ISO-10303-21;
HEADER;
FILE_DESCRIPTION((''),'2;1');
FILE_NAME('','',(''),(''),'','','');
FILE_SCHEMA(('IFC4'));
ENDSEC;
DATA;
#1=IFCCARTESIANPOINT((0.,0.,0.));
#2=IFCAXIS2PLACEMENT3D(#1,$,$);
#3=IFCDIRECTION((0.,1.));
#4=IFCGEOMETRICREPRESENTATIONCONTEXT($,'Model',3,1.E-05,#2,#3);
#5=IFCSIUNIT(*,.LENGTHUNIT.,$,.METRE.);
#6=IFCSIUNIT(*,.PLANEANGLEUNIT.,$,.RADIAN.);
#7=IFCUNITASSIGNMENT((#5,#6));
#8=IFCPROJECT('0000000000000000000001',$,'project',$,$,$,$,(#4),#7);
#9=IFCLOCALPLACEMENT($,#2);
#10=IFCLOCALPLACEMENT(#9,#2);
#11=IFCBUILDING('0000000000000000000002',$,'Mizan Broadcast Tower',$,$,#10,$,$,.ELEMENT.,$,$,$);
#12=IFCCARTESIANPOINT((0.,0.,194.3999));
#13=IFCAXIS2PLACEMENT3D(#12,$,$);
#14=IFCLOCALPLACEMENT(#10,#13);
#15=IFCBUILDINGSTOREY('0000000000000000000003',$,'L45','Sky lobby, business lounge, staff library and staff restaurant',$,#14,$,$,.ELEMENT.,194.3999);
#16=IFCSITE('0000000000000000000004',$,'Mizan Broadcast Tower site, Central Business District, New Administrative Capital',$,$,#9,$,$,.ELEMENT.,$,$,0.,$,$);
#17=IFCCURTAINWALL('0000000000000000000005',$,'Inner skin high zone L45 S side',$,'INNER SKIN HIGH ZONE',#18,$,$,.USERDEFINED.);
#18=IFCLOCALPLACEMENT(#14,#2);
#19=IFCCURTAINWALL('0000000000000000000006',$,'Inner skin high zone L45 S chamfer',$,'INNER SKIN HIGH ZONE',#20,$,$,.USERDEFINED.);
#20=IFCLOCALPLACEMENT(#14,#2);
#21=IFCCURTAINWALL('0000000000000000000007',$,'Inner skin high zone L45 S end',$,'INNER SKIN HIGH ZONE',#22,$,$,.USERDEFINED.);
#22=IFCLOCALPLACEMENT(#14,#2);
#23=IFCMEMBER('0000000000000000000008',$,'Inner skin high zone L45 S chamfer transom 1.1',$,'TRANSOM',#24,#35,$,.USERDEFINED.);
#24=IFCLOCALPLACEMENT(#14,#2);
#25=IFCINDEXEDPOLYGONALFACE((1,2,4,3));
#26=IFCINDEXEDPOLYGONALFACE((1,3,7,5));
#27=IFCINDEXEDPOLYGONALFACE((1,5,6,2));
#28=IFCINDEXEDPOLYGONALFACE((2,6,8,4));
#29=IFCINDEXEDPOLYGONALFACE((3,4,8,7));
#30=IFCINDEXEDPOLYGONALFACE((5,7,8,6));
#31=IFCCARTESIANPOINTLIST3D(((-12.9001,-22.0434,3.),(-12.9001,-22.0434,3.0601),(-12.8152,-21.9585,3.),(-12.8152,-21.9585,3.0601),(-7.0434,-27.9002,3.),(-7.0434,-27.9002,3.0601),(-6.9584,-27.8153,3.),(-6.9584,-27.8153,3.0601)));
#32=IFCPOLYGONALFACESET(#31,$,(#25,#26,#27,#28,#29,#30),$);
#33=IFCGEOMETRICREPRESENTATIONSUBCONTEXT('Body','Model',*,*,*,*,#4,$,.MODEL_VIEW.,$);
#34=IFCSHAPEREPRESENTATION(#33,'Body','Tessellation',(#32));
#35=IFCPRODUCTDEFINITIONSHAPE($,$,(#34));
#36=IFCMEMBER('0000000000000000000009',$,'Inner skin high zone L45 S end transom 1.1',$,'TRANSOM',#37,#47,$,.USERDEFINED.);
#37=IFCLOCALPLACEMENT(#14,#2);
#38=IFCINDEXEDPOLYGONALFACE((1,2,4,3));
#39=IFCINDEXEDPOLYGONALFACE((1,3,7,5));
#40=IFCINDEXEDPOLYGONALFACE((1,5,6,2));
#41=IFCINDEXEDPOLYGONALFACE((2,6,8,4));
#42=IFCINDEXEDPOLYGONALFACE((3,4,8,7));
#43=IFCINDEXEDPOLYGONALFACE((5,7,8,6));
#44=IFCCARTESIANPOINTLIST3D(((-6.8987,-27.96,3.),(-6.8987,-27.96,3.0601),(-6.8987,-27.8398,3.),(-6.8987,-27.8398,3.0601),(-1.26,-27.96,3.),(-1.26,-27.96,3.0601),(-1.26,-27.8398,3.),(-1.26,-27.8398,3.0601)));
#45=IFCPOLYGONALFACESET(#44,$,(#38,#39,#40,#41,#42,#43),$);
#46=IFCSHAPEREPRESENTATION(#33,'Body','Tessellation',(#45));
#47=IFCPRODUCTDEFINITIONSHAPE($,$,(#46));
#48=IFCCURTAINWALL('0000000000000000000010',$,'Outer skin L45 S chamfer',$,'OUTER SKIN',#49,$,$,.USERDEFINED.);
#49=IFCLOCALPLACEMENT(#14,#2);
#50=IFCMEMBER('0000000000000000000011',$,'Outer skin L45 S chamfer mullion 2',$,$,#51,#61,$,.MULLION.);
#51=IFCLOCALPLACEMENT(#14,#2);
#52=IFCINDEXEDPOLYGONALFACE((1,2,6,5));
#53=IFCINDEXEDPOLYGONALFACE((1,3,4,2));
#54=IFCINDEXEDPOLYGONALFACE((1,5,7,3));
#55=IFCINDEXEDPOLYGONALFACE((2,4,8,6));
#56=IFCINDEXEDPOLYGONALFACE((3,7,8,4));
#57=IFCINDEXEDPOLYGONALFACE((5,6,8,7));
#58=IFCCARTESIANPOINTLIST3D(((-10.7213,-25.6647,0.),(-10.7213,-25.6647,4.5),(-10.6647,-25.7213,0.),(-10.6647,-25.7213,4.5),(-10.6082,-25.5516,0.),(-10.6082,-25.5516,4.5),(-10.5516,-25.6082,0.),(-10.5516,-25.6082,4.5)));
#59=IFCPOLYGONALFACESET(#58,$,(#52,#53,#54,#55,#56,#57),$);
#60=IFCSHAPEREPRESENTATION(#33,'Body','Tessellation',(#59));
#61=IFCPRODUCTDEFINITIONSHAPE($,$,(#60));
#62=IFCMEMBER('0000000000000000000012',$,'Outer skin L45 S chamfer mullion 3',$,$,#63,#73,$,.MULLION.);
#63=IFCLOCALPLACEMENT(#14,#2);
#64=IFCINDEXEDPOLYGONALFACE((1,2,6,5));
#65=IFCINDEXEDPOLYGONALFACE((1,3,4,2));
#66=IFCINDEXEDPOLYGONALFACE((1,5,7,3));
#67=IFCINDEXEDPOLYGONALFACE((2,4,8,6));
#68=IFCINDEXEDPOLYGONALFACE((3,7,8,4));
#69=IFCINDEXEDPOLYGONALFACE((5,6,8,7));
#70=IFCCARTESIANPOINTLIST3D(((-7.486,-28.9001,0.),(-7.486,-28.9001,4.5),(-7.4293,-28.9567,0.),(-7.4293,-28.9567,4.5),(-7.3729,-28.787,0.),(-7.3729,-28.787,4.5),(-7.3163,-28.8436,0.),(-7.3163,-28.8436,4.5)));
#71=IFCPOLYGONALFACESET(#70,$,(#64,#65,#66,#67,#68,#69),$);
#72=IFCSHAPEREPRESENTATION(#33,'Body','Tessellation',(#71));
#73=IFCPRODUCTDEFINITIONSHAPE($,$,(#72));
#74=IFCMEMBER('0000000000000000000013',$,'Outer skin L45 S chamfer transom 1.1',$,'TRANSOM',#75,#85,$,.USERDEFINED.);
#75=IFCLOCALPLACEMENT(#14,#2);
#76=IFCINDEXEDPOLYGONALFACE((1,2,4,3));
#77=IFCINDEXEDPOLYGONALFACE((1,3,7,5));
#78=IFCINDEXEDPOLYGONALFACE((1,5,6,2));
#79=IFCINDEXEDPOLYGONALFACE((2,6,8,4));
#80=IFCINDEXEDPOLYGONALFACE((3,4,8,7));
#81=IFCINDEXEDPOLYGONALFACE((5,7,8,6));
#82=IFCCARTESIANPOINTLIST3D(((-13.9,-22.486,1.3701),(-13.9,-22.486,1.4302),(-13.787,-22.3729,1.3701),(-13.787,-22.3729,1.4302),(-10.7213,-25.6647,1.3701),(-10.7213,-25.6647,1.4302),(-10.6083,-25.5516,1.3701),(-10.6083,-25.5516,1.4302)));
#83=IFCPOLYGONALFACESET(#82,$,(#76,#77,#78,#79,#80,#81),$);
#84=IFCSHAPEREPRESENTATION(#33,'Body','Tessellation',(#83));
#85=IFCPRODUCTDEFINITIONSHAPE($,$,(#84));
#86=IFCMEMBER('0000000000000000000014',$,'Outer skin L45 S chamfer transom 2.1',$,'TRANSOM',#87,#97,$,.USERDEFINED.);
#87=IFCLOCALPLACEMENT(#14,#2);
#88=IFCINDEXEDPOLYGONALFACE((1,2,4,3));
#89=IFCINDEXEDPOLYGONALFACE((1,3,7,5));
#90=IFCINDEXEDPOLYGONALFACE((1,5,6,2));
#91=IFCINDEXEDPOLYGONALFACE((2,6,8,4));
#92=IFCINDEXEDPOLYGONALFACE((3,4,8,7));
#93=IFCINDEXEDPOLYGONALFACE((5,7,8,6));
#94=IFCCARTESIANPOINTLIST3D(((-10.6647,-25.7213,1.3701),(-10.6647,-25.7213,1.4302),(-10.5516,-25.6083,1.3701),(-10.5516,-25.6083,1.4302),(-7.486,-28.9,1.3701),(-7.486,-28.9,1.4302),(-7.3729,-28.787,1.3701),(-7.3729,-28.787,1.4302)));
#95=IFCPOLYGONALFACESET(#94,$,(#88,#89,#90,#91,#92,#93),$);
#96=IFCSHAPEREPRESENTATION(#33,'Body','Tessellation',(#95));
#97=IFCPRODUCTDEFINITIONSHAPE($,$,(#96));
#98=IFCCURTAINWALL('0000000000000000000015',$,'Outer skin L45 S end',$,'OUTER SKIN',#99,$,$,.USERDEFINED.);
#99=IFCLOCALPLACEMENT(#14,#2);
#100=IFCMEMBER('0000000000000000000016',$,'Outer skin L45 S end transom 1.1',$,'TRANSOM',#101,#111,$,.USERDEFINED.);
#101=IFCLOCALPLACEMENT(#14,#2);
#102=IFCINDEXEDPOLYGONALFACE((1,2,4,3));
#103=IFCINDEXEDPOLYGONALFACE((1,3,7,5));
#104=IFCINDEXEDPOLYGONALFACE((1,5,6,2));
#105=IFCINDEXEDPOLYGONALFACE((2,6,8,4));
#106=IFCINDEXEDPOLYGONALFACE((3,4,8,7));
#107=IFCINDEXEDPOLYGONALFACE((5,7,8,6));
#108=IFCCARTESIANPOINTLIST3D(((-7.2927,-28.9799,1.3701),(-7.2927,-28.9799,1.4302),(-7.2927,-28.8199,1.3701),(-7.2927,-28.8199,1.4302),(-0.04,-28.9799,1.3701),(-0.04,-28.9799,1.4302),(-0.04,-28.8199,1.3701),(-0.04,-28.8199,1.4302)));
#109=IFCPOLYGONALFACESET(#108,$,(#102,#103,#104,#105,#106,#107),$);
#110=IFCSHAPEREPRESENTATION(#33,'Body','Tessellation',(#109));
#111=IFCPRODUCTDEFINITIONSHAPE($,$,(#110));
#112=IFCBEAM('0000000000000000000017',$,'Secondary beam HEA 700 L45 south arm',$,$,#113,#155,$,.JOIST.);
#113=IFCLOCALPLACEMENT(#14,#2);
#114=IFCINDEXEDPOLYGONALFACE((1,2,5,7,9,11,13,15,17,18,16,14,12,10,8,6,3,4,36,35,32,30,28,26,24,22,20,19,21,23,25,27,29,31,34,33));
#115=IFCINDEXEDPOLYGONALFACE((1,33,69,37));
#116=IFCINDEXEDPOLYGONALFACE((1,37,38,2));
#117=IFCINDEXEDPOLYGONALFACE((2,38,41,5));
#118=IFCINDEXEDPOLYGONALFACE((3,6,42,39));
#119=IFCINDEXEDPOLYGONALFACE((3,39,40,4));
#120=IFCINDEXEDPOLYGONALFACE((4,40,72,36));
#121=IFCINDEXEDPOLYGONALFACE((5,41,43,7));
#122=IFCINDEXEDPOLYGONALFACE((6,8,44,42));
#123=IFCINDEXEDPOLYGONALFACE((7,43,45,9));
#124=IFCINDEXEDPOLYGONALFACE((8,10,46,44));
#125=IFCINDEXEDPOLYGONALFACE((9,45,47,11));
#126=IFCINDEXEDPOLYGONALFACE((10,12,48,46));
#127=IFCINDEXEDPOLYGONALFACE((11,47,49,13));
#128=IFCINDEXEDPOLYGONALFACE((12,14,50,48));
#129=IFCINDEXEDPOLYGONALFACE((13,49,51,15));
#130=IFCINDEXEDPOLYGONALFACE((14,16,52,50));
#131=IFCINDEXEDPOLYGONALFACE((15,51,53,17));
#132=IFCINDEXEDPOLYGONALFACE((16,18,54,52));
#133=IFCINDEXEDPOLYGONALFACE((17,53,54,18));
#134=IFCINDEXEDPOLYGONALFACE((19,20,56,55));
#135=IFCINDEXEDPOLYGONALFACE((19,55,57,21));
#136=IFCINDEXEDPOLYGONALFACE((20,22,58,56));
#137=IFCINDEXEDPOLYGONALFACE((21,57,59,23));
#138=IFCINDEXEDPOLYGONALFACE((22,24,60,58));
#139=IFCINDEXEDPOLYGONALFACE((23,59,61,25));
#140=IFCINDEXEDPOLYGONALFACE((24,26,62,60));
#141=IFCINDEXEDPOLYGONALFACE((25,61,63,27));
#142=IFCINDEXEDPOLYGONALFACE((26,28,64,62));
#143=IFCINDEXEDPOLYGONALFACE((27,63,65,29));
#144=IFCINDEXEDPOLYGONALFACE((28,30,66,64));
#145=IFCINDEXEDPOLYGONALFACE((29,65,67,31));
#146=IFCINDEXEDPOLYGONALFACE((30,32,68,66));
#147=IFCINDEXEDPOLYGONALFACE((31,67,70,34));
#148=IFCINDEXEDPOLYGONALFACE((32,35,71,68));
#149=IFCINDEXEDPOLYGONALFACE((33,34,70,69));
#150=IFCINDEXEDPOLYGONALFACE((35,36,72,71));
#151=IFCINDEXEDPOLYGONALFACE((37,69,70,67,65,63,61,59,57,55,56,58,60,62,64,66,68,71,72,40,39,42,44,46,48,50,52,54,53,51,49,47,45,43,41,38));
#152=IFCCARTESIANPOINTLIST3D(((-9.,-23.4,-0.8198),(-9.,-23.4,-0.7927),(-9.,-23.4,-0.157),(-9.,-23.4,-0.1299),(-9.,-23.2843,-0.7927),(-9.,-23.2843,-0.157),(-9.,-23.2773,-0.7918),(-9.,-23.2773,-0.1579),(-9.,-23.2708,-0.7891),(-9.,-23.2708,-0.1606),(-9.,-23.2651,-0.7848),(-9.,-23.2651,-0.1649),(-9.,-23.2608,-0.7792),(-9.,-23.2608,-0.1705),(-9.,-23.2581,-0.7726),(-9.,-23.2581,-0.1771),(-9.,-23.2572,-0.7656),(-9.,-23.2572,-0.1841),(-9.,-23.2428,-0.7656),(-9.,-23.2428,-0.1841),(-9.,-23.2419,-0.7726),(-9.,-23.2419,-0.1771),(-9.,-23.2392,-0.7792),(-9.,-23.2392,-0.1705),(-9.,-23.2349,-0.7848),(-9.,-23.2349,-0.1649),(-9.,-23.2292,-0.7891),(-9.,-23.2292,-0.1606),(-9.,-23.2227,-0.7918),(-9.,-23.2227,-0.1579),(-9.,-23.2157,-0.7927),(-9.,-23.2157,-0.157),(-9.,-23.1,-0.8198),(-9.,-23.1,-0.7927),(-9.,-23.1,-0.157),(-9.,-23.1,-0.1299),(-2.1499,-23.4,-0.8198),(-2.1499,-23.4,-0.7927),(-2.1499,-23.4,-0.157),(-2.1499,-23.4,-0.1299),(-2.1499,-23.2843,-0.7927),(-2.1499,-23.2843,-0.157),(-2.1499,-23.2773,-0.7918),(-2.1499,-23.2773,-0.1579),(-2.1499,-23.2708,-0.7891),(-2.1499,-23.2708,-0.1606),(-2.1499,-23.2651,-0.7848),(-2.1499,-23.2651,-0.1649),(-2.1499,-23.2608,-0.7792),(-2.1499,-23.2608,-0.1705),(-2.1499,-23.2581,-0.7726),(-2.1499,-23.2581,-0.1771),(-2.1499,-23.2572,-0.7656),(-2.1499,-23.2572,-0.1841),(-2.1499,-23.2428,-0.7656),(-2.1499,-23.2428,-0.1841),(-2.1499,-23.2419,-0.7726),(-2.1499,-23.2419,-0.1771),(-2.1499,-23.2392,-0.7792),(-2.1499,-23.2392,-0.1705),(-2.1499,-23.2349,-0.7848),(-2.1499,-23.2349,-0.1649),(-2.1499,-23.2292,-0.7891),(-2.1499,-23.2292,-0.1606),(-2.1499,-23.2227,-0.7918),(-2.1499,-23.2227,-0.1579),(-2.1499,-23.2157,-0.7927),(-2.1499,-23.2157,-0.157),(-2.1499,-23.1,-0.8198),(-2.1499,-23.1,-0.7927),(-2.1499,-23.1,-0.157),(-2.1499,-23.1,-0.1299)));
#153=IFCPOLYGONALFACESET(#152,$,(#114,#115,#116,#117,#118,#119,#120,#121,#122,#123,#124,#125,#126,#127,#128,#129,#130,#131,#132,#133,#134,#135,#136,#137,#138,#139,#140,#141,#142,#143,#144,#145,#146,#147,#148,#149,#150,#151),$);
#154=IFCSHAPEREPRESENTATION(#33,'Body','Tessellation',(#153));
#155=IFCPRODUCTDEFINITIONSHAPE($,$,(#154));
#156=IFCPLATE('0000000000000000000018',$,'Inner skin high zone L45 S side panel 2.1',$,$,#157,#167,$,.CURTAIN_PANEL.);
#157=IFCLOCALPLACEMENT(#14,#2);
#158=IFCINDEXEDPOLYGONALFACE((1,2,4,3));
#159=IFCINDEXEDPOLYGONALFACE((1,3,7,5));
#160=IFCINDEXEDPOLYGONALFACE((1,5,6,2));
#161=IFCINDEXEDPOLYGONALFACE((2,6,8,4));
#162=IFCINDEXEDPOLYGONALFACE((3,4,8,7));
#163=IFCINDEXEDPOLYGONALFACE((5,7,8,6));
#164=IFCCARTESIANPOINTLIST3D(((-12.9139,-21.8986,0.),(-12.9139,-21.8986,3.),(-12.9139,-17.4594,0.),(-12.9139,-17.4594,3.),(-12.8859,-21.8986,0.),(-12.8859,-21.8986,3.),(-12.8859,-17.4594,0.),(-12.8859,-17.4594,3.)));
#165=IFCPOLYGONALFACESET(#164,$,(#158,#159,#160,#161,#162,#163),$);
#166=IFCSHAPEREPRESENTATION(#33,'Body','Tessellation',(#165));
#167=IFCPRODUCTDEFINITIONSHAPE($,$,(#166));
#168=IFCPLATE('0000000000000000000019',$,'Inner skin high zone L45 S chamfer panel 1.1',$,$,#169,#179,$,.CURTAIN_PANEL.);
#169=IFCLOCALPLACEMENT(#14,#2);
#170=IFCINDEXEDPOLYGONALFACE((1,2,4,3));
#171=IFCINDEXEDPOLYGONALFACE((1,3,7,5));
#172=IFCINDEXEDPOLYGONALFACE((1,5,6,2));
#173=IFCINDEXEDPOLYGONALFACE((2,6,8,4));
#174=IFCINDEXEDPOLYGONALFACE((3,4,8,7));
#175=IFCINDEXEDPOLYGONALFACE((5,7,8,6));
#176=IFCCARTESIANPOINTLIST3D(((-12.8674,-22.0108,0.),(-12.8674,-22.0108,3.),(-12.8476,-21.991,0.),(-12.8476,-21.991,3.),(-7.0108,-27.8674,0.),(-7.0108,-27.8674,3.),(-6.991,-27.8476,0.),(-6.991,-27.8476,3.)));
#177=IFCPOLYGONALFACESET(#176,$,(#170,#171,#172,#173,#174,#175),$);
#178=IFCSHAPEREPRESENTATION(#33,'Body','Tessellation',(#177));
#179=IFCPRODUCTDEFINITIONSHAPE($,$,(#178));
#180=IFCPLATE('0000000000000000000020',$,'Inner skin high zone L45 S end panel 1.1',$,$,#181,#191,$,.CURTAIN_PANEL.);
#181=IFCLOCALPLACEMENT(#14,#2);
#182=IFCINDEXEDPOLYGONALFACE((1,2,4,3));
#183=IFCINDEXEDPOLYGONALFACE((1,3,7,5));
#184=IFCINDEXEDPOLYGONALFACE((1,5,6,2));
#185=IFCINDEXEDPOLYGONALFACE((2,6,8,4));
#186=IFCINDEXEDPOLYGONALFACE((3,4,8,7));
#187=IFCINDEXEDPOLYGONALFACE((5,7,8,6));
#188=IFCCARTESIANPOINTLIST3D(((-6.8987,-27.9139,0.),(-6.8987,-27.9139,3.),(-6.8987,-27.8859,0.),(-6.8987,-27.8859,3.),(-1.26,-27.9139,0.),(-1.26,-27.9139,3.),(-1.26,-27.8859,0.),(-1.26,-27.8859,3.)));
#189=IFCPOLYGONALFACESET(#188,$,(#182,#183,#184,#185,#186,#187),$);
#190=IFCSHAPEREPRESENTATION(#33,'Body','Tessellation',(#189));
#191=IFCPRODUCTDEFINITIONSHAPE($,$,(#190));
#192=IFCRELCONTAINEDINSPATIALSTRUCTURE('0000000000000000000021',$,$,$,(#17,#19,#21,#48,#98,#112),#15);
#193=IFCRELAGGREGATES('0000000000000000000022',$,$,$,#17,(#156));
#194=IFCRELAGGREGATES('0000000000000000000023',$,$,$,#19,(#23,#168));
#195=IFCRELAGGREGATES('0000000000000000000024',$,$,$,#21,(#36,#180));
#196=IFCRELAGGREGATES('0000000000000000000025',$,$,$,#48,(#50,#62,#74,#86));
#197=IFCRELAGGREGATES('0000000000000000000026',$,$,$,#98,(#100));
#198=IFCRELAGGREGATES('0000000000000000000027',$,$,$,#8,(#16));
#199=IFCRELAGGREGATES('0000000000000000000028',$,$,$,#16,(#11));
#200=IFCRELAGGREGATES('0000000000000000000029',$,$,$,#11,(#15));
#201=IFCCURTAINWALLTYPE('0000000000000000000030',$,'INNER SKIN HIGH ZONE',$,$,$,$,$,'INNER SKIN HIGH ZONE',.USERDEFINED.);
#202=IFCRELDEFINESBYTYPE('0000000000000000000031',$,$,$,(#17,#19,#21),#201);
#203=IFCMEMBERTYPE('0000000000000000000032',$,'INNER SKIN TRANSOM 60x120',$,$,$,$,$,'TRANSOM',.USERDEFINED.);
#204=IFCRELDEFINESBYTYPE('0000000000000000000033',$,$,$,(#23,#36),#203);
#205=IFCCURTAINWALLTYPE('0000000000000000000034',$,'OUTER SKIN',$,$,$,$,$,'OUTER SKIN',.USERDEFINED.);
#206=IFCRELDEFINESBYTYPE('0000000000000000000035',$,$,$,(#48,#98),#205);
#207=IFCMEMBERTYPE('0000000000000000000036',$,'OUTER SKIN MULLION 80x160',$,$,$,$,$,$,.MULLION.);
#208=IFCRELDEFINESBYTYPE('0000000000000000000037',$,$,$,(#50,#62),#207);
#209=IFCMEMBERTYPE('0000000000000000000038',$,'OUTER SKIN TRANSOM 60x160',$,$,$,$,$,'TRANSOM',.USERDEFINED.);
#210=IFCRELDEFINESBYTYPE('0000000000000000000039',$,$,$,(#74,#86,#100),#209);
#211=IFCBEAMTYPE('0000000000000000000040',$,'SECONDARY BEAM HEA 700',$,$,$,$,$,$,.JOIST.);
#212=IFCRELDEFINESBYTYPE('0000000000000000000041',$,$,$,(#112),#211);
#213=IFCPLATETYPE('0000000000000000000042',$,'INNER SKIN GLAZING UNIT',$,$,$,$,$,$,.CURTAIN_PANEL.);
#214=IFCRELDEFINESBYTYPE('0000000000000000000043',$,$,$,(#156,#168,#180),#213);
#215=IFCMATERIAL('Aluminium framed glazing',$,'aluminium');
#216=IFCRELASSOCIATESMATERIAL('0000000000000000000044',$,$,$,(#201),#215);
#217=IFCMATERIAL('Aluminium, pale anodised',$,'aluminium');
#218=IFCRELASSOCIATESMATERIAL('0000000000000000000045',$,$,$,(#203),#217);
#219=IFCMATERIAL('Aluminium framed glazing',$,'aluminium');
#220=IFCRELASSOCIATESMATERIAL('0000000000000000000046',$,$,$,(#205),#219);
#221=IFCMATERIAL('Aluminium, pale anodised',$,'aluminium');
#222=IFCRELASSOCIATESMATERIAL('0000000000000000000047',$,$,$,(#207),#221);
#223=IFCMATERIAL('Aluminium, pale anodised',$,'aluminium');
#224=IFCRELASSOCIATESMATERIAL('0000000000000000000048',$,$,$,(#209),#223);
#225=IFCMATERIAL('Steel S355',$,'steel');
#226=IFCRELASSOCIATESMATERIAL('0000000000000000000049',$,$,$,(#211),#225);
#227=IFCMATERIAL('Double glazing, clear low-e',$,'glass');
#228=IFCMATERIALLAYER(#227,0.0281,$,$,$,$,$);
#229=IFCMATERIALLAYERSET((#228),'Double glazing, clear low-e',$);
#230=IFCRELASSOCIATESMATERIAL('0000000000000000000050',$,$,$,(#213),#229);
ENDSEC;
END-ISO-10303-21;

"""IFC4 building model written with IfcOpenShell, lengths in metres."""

from ifc_helpers import new_model, si_unit, direction, frame, origin, origin_2d, place, context, subcontext, project, spatial, rectangle, i_section, extrude, material, layer, layer_set, material_profile, profile_set, type_object, element, aggregate, save


model = new_model("IFC4")

# Units and contexts
model_context = context("Model", 3, precision=1e-05, world=origin(), true_north=direction((0.0, 1.0)))
body_context = subcontext(model_context, "Body", "Model", "MODEL_VIEW")
ifc_project = project(units=[si_unit("LENGTHUNIT", "METRE"), si_unit("PLANEANGLEUNIT", "RADIAN")], contexts=[model_context])

# Site, building, storey
site_placement = place(None, origin())
site = spatial("IfcSite", under=ifc_project, at=site_placement, Name="Mizan Broadcast Tower site, Central Business District, New Administrative Capital", CompositionType="ELEMENT", RefElevation=0.0)
building_placement = place(site_placement, origin())
building = spatial("IfcBuilding", under=site, at=building_placement, Name="Mizan Broadcast Tower", CompositionType="ELEMENT")
storey_placement = place(building_placement, frame((0.0, 0.0, 194.3999)))
storey = spatial("IfcBuildingStorey", under=building, at=storey_placement, Name="L45", Description="Sky lobby, business lounge, staff library and staff restaurant", CompositionType="ELEMENT", Elevation=194.3999)

# Curtain wall
ifc_material_1 = material(Name="Aluminium framed glazing", Category="aluminium")
curtain_wall_type_1 = type_object("IfcCurtainWallType", Name="INNER SKIN HIGH ZONE", ElementType="INNER SKIN HIGH ZONE", PredefinedType="USERDEFINED", material=ifc_material_1)
curtain_wall_1_placement = place(storey_placement, origin())
curtain_wall_1 = element("IfcCurtainWall", 1, at=curtain_wall_1_placement, inside=storey, type_object=curtain_wall_type_1, Name="Inner skin high zone L45 S side", ObjectType="INNER SKIN HIGH ZONE", PredefinedType="USERDEFINED")

# Curtain walls
curtain_wall_2_placement = place(storey_placement, origin())
curtain_wall_2 = element("IfcCurtainWall", 2, at=curtain_wall_2_placement, inside=storey, type_object=curtain_wall_type_1, Name="Inner skin high zone L45 S chamfer", ObjectType="INNER SKIN HIGH ZONE", PredefinedType="USERDEFINED")
curtain_wall_3_placement = place(storey_placement, origin())
curtain_wall_3 = element("IfcCurtainWall", 3, at=curtain_wall_3_placement, inside=storey, type_object=curtain_wall_type_1, Name="Inner skin high zone L45 S end", ObjectType="INNER SKIN HIGH ZONE", PredefinedType="USERDEFINED")

# Members
ifc_material_2 = material(Name="Aluminium, pale anodised", Category="aluminium")
ifc_material_profile_1 = material_profile(ifc_material_2, rectangle(XDim=0.1201, YDim=0.0601, at=origin_2d()), Name="TRANSOM 120x60")
ifc_profile_set_1 = profile_set([ifc_material_profile_1], Name="Aluminium, pale anodised")
member_type_1 = type_object("IfcMemberType", Name="INNER SKIN TRANSOM 60x120", ElementType="TRANSOM", PredefinedType="USERDEFINED", material=ifc_profile_set_1)
member_1_placement = place(storey_placement, frame((-12.8577, -22.001, 3.03), z_axis=(0.707107, -0.707107, 0.0), x_axis=(0.707107, 0.707107, 0.0)))
member_1 = element("IfcMember", 4, at=member_1_placement, type_object=member_type_1, Name="Inner skin high zone L45 S chamfer transom 1.1", ObjectType="TRANSOM", PredefinedType="USERDEFINED", context=body_context, shape_type="SweptSolid", body=[
    extrude(rectangle(XDim=0.1201, YDim=0.0601, at=origin_2d()), origin(), (0.0, 0.0, 1.0), 8.2827),
])
member_2_placement = place(storey_placement, frame((-6.8987, -27.8999, 3.03), z_axis=(1.0, 0.0, 0.0), x_axis=(0.0, 1.0, 0.0)))
member_2 = element("IfcMember", 5, at=member_2_placement, type_object=member_type_1, Name="Inner skin high zone L45 S end transom 1.1", ObjectType="TRANSOM", PredefinedType="USERDEFINED", context=body_context, shape_type="SweptSolid", body=[
    extrude(rectangle(XDim=0.1201, YDim=0.0601, at=origin_2d()), origin(), (0.0, 0.0, 1.0), 5.6387),
])

# Curtain wall, members
ifc_material_3 = material(Name="Aluminium framed glazing", Category="aluminium")
curtain_wall_type_2 = type_object("IfcCurtainWallType", Name="OUTER SKIN", ElementType="OUTER SKIN", PredefinedType="USERDEFINED", material=ifc_material_3)
curtain_wall_4_placement = place(storey_placement, origin())
curtain_wall_4 = element("IfcCurtainWall", 6, at=curtain_wall_4_placement, inside=storey, type_object=curtain_wall_type_2, Name="Outer skin L45 S chamfer", ObjectType="OUTER SKIN", PredefinedType="USERDEFINED")
ifc_material_4 = material(Name="Aluminium, pale anodised", Category="aluminium")
ifc_material_profile_2 = material_profile(ifc_material_4, rectangle(XDim=0.1599, YDim=0.0801, at=origin_2d()), Name="MULLION 160x80")
ifc_profile_set_2 = profile_set([ifc_material_profile_2], Name="Aluminium, pale anodised")
member_type_2 = type_object("IfcMemberType", Name="OUTER SKIN MULLION 80x160", PredefinedType="MULLION", material=ifc_profile_set_2)
member_3_placement = place(storey_placement, frame((-10.6365, -25.6365, 0.0), z_axis=(0.0, 0.0, 1.0), x_axis=(0.707107, 0.707107, 0.0)))
member_3 = element("IfcMember", 7, at=member_3_placement, type_object=member_type_2, Name="Outer skin L45 S chamfer mullion 2", PredefinedType="MULLION", context=body_context, shape_type="SweptSolid", body=[
    extrude(rectangle(XDim=0.1599, YDim=0.0801, at=origin_2d()), origin(), (0.0, 0.0, 1.0), 4.5),
])
member_4_placement = place(storey_placement, frame((-7.4011, -28.8718, 0.0), z_axis=(0.0, 0.0, 1.0), x_axis=(0.707107, 0.707107, 0.0)))
member_4 = element("IfcMember", 8, at=member_4_placement, type_object=member_type_2, Name="Outer skin L45 S chamfer mullion 3", PredefinedType="MULLION", context=body_context, shape_type="SweptSolid", body=[
    extrude(rectangle(XDim=0.1599, YDim=0.0801, at=origin_2d()), origin(), (0.0, 0.0, 1.0), 4.5),
])
ifc_material_5 = material(Name="Aluminium, pale anodised", Category="aluminium")
ifc_material_profile_3 = material_profile(ifc_material_5, rectangle(XDim=0.1599, YDim=0.0601, at=origin_2d()), Name="TRANSOM 160x60")
ifc_profile_set_3 = profile_set([ifc_material_profile_3], Name="Aluminium, pale anodised")
member_type_3 = type_object("IfcMemberType", Name="OUTER SKIN TRANSOM 60x160", ElementType="TRANSOM", PredefinedType="USERDEFINED", material=ifc_profile_set_3)
member_5_placement = place(storey_placement, frame((-13.8435, -22.4294, 1.4001), z_axis=(0.707107, -0.707107, 0.0), x_axis=(0.707107, 0.707107, 0.0)))
member_5 = element("IfcMember", 9, at=member_5_placement, type_object=member_type_3, Name="Outer skin L45 S chamfer transom 1.1", ObjectType="TRANSOM", PredefinedType="USERDEFINED", context=body_context, shape_type="SweptSolid", body=[
    extrude(rectangle(XDim=0.1599, YDim=0.0601, at=origin_2d()), origin(), (0.0, 0.0, 1.0), 4.4954),
])
member_6_placement = place(storey_placement, frame((-10.6082, -25.6648, 1.4001), z_axis=(0.707107, -0.707107, 0.0), x_axis=(0.707107, 0.707107, 0.0)))
member_6 = element("IfcMember", 10, at=member_6_placement, type_object=member_type_3, Name="Outer skin L45 S chamfer transom 2.1", ObjectType="TRANSOM", PredefinedType="USERDEFINED", context=body_context, shape_type="SweptSolid", body=[
    extrude(rectangle(XDim=0.1599, YDim=0.0601, at=origin_2d()), origin(), (0.0, 0.0, 1.0), 4.4954),
])

# Curtain wall, member
curtain_wall_5_placement = place(storey_placement, origin())
curtain_wall_5 = element("IfcCurtainWall", 11, at=curtain_wall_5_placement, inside=storey, type_object=curtain_wall_type_2, Name="Outer skin L45 S end", ObjectType="OUTER SKIN", PredefinedType="USERDEFINED")
member_7_placement = place(storey_placement, frame((-7.2927, -28.8999, 1.4001), z_axis=(1.0, 0.0, 0.0), x_axis=(0.0, 1.0, 0.0)))
member_7 = element("IfcMember", 12, at=member_7_placement, type_object=member_type_3, Name="Outer skin L45 S end transom 1.1", ObjectType="TRANSOM", PredefinedType="USERDEFINED", context=body_context, shape_type="SweptSolid", body=[
    extrude(rectangle(XDim=0.1599, YDim=0.0601, at=origin_2d()), origin(), (0.0, 0.0, 1.0), 7.2527),
])

# Beam
ifc_material_6 = material(Name="Steel S355", Category="steel")
ifc_material_profile_4 = material_profile(ifc_material_6, i_section(OverallWidth=0.3, OverallDepth=0.6899, WebThickness=0.0144, FlangeThickness=0.0271, FilletRadius=0.0271, at=origin_2d()), Name="HEA 700")
ifc_profile_set_4 = profile_set([ifc_material_profile_4], Name="Steel S355")
beam_type_1 = type_object("IfcBeamType", Name="SECONDARY BEAM HEA 700", PredefinedType="JOIST", material=ifc_profile_set_4)
beam_1_placement = place(storey_placement, frame((-9.0, -23.25, -0.4749), z_axis=(1.0, 0.0, 0.0), x_axis=(0.0, 1.0, 0.0)))
element("IfcBeam", 13, at=beam_1_placement, inside=storey, type_object=beam_type_1, Name="Secondary beam HEA 700 L45 south arm", PredefinedType="JOIST", context=body_context, shape_type="SweptSolid", body=[
    extrude(i_section(OverallWidth=0.3, OverallDepth=0.6899, WebThickness=0.0144, FlangeThickness=0.0271, FilletRadius=0.0271, at=origin_2d()), origin(), (0.0, 0.0, 1.0), 6.8501),
])

# Plates
ifc_material_7 = material(Name="Double glazing, clear low-e", Category="glass")
ifc_layer_1 = layer(ifc_material_7, 0.0281)
ifc_layer_set_1 = layer_set([ifc_layer_1], Name="Double glazing, clear low-e")
plate_type_1 = type_object("IfcPlateType", Name="INNER SKIN GLAZING UNIT", PredefinedType="CURTAIN_PANEL", material=ifc_layer_set_1)
plate_1_placement = place(storey_placement, frame((-12.8999, -19.679, 0.0), z_axis=(0.0, 0.0, 1.0), x_axis=(0.0, -1.0, 0.0)))
plate_1 = element("IfcPlate", 14, at=plate_1_placement, type_object=plate_type_1, Name="Inner skin high zone L45 S side panel 2.1", PredefinedType="CURTAIN_PANEL", context=body_context, shape_type="SweptSolid", body=[
    extrude(rectangle(XDim=4.4392, YDim=0.0281, at=origin_2d()), origin(), (0.0, 0.0, 1.0), 3.0),
])
plate_2_placement = place(storey_placement, frame((-9.9292, -24.9292, 0.0), z_axis=(0.0, 0.0, 1.0), x_axis=(0.707107, -0.707107, 0.0)))
plate_2 = element("IfcPlate", 15, at=plate_2_placement, type_object=plate_type_1, Name="Inner skin high zone L45 S chamfer panel 1.1", PredefinedType="CURTAIN_PANEL", context=body_context, shape_type="SweptSolid", body=[
    extrude(rectangle(XDim=8.2825, YDim=0.0281, at=origin_2d()), origin(), (0.0, 0.0, 1.0), 3.0),
])
plate_3_placement = place(storey_placement, frame((-4.0793, -27.8999, 0.0), z_axis=(0.0, 0.0, 1.0), x_axis=(1.0, 0.0, 0.0)))
plate_3 = element("IfcPlate", 16, at=plate_3_placement, type_object=plate_type_1, Name="Inner skin high zone L45 S end panel 1.1", PredefinedType="CURTAIN_PANEL", context=body_context, shape_type="SweptSolid", body=[
    extrude(rectangle(XDim=5.6387, YDim=0.0281, at=origin_2d()), origin(), (0.0, 0.0, 1.0), 3.0),
])
aggregate(curtain_wall_1, [plate_1])
aggregate(curtain_wall_2, [member_1, plate_2])
aggregate(curtain_wall_3, [member_2, plate_3])
aggregate(curtain_wall_4, [member_3, member_4, member_5, member_6])
aggregate(curtain_wall_5, [member_7])

save(model, "model.ifc")
